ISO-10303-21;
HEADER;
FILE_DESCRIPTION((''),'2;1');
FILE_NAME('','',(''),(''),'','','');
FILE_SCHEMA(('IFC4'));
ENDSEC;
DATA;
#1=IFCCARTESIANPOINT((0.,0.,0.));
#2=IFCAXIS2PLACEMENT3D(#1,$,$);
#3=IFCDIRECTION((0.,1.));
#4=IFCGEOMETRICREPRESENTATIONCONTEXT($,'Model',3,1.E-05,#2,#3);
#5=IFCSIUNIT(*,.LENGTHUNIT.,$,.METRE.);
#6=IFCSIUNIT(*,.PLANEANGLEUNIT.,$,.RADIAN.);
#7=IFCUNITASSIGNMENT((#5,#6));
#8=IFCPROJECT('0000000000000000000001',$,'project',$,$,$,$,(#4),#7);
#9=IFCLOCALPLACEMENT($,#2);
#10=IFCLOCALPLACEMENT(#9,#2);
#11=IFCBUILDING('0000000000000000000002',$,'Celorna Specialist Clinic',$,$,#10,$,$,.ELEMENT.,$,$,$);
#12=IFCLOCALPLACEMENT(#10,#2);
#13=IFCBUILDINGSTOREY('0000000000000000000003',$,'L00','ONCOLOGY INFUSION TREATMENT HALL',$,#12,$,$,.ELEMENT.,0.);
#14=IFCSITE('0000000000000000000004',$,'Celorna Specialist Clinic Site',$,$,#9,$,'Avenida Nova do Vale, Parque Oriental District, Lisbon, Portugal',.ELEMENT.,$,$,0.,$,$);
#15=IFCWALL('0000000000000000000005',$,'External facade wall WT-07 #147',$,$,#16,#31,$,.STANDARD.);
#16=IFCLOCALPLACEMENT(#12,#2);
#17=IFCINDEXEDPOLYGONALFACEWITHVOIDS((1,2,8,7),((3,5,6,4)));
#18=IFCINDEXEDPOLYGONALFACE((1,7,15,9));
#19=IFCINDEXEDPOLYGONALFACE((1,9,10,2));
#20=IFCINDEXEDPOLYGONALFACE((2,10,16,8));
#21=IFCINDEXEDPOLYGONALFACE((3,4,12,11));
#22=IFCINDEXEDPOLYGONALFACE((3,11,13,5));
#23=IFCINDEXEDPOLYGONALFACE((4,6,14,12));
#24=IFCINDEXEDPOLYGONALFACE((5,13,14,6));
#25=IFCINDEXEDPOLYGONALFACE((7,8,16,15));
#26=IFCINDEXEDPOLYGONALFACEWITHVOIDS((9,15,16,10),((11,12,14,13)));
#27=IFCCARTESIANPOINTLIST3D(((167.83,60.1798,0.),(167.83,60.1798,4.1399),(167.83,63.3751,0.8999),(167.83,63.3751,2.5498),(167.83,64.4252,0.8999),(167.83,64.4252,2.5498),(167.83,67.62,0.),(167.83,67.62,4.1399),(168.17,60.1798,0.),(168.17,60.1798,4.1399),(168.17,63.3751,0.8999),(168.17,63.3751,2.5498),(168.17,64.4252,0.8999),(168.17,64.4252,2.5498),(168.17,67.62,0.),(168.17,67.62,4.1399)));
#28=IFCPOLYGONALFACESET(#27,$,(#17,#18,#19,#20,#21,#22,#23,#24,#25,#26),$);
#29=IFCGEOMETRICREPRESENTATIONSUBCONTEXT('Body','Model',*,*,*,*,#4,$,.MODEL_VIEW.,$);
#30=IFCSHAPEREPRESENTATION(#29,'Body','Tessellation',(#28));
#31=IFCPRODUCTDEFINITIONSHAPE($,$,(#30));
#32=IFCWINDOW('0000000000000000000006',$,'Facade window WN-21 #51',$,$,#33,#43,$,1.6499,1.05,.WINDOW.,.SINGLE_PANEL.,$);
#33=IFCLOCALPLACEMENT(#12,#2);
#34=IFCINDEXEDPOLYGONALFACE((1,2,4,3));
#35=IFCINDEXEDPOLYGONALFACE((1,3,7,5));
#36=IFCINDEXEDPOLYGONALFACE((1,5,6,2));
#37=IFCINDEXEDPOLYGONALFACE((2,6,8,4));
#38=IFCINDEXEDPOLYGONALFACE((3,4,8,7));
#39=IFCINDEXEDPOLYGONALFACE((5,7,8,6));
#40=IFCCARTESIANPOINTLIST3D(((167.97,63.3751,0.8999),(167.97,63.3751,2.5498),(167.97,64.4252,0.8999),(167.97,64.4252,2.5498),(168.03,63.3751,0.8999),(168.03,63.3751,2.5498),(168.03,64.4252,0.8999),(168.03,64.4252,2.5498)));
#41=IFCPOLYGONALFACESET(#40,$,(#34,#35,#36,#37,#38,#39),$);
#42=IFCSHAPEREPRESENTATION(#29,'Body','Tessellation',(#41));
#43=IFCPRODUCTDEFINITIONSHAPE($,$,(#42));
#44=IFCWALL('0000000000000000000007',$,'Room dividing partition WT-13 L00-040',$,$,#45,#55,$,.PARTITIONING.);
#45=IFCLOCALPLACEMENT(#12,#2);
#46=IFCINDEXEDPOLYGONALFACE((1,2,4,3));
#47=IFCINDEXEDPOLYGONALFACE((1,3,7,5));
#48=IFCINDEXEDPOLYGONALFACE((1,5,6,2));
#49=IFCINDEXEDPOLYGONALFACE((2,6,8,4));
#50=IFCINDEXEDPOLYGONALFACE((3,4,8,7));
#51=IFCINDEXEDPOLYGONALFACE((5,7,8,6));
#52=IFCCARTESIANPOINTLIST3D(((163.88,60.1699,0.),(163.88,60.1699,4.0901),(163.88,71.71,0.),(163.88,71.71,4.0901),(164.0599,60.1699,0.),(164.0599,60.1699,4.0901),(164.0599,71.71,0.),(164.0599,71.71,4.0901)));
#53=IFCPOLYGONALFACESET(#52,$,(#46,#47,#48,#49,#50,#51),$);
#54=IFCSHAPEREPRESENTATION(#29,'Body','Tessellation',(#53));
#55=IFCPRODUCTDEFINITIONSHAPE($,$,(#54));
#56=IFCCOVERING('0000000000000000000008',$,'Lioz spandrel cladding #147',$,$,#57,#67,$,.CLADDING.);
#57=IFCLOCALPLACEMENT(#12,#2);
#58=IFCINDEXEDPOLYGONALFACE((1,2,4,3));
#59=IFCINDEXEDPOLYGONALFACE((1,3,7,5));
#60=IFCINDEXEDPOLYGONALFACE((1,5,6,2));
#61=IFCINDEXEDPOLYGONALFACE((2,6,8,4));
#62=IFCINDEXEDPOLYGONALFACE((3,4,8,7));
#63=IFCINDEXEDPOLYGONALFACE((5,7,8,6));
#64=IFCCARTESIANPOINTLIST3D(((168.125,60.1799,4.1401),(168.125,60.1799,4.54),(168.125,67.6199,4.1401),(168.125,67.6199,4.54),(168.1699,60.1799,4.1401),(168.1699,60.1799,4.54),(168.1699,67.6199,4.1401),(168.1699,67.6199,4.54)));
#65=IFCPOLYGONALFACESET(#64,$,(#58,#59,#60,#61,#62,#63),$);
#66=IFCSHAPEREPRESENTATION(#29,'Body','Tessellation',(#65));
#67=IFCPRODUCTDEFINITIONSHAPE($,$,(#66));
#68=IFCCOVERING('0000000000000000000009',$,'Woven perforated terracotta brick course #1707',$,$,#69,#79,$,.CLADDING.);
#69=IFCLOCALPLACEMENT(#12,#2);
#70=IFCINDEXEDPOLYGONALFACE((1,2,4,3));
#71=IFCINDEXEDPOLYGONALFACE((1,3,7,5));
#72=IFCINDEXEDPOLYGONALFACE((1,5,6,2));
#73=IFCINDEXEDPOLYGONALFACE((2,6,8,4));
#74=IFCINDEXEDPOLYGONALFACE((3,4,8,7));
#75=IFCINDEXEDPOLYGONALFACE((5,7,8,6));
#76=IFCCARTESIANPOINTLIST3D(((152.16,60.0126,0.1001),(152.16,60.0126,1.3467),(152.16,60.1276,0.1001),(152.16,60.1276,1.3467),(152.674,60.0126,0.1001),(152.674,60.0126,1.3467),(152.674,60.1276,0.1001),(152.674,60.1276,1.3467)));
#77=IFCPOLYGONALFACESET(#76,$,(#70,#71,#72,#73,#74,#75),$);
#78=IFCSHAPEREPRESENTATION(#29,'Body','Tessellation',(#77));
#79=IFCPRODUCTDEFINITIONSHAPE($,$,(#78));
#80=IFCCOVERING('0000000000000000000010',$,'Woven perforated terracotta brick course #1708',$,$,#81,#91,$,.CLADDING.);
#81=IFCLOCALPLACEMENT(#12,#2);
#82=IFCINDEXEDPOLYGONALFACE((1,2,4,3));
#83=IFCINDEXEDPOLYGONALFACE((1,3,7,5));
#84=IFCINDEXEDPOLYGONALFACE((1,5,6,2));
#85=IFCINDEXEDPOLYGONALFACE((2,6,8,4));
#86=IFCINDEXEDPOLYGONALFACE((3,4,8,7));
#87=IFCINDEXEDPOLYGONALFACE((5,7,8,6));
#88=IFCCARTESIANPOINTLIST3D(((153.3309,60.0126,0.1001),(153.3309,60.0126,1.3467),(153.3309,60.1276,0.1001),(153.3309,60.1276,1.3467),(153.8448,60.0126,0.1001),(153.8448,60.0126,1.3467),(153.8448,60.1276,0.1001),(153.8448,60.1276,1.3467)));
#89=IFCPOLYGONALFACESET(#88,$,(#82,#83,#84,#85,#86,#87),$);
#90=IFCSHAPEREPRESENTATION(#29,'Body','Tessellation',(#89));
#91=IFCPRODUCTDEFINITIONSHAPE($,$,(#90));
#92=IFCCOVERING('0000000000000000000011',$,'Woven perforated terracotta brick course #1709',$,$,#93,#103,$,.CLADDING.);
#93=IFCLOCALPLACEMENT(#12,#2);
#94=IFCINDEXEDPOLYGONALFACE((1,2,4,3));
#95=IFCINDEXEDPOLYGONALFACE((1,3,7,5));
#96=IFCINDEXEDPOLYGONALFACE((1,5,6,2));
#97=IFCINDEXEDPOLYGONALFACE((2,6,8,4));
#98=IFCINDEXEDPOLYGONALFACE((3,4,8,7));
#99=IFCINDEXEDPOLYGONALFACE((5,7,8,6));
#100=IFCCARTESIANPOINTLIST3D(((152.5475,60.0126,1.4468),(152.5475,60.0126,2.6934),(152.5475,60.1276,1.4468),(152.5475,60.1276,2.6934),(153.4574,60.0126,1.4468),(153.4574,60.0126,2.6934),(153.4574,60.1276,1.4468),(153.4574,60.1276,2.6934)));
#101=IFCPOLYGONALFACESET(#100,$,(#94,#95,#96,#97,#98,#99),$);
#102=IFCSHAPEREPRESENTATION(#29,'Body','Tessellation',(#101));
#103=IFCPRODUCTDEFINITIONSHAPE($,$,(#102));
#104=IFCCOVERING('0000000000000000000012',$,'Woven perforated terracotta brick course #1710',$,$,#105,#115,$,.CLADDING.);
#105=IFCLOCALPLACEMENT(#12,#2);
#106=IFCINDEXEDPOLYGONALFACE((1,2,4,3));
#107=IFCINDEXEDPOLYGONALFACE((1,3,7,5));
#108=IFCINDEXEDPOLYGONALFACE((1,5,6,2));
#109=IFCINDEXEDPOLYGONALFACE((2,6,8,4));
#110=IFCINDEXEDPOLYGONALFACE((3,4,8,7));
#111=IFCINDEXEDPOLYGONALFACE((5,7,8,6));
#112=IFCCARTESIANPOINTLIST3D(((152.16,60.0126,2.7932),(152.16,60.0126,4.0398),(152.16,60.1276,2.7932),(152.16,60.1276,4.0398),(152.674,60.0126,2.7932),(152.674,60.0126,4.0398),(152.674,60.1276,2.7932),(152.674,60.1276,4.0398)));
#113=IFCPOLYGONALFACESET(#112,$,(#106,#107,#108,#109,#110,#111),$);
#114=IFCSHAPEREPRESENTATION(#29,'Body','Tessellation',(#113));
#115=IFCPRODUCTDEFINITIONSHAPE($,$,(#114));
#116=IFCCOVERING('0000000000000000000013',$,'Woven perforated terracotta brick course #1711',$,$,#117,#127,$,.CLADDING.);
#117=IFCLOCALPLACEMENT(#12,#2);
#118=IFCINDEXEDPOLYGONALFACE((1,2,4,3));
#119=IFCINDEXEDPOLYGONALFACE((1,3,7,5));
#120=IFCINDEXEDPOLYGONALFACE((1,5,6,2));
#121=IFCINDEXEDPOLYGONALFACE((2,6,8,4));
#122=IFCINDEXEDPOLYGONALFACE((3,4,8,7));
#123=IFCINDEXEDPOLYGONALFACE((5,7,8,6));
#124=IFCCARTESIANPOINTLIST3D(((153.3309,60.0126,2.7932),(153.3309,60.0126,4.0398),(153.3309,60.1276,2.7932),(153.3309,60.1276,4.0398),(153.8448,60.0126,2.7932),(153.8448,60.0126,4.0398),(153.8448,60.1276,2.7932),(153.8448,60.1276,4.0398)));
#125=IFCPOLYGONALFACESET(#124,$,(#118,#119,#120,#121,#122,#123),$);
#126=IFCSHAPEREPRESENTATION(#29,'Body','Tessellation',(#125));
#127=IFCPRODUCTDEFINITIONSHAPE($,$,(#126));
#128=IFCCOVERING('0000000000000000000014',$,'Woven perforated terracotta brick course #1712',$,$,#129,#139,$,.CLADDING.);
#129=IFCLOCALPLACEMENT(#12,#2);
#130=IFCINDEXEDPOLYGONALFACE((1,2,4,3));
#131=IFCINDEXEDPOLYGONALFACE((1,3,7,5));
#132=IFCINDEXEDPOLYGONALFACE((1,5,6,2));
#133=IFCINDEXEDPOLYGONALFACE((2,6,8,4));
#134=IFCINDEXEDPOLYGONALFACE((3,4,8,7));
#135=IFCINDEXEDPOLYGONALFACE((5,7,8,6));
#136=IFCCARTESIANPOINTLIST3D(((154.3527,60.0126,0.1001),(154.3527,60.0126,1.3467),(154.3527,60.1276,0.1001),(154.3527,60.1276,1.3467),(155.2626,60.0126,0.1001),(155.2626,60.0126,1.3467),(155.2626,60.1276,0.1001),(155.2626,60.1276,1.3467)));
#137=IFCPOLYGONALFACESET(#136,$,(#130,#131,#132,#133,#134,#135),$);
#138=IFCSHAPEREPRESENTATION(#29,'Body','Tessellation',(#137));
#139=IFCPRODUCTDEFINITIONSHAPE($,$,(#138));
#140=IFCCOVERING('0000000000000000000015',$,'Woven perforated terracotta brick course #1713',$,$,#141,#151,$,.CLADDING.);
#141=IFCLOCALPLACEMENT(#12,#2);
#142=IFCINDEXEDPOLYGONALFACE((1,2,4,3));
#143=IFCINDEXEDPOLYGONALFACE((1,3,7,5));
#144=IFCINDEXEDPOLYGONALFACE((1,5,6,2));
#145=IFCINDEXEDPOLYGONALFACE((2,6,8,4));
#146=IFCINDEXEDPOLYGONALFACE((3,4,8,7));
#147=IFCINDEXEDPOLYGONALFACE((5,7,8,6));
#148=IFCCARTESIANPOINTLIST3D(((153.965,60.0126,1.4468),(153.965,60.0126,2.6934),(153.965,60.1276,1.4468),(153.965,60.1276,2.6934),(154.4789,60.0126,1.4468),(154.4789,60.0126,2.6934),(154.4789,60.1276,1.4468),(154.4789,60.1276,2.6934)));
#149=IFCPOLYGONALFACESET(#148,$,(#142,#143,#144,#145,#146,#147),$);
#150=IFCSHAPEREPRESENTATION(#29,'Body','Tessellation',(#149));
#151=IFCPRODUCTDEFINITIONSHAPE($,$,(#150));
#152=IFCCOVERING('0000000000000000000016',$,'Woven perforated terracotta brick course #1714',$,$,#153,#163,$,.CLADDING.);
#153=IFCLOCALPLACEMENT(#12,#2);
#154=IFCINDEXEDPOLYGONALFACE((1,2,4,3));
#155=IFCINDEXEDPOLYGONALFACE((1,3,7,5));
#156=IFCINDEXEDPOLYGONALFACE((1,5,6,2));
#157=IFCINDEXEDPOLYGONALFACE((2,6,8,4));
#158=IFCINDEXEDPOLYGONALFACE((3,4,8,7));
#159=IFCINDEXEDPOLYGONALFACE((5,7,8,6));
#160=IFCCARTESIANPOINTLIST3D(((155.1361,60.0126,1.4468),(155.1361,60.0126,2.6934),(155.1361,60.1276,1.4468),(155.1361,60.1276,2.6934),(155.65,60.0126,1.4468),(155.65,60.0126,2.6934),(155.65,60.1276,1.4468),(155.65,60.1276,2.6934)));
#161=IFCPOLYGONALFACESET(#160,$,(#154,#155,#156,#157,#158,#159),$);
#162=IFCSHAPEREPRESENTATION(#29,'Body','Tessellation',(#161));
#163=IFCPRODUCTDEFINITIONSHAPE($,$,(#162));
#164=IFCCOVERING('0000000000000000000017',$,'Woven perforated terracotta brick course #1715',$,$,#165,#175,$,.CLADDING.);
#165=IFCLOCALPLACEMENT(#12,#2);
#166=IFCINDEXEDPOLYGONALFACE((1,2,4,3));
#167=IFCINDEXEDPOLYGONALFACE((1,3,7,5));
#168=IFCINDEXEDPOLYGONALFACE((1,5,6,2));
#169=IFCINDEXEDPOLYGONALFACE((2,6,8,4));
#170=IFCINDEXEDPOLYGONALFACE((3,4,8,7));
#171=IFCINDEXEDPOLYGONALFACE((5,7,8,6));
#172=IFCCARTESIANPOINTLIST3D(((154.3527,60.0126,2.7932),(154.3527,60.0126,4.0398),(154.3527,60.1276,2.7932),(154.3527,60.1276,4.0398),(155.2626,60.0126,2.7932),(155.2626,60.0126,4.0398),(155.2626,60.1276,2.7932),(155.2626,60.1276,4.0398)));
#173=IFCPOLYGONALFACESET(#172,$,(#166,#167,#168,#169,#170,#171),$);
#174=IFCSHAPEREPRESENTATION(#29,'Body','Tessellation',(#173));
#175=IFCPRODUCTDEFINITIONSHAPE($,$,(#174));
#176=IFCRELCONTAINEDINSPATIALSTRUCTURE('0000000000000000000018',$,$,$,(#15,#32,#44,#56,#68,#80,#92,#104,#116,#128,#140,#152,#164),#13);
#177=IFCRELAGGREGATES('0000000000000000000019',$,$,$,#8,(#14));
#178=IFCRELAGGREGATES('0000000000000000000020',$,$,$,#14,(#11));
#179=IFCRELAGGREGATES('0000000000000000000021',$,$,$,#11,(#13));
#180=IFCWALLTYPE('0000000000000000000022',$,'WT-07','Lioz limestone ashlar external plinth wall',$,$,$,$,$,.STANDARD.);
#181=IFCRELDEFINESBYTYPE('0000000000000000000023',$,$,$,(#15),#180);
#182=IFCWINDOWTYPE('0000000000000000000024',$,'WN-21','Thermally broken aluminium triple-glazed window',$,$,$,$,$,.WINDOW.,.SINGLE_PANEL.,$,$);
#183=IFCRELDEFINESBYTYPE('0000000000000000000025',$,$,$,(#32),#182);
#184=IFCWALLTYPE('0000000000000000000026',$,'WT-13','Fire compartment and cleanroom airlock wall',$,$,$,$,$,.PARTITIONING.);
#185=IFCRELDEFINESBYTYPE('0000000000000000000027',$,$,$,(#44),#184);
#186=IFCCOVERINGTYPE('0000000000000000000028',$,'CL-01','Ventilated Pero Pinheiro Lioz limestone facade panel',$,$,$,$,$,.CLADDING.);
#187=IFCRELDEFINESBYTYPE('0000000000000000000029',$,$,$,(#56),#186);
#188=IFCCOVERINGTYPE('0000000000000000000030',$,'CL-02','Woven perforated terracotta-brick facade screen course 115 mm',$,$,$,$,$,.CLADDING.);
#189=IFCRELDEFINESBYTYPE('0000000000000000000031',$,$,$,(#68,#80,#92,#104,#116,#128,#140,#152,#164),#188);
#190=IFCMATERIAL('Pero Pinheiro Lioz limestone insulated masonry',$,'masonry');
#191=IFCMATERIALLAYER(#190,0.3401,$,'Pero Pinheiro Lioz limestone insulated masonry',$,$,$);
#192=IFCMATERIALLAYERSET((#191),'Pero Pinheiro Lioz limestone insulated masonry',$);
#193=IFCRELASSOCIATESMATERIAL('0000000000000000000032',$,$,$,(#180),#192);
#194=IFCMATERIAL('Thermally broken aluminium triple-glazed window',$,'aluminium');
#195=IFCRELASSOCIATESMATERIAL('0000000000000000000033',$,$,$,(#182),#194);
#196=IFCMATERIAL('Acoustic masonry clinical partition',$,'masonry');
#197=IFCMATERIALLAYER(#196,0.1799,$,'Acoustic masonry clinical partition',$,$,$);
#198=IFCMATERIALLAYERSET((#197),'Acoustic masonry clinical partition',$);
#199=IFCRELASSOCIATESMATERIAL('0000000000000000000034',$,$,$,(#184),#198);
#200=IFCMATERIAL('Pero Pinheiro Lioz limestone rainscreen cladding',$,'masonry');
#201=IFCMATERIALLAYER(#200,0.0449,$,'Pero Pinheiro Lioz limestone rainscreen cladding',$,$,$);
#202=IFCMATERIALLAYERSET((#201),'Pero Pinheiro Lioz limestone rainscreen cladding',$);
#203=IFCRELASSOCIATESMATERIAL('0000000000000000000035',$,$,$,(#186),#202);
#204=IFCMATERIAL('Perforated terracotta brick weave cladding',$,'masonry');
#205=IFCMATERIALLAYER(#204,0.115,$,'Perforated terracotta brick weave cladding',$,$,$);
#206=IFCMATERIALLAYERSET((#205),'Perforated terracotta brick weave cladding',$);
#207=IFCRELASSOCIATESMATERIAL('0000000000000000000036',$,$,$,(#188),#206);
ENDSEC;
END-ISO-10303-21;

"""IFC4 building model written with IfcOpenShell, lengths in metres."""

from ifc_helpers import new_model, si_unit, direction, frame, frame_2d, origin, origin_2d, place, context, subcontext, project, spatial, rectangle, extrude, material, layer, layer_set, type_object, element, fill, save


model = new_model("IFC4")

# Units and contexts
model_context = context("Model", 3, precision=1e-05, world=origin(), true_north=direction((0.0, 1.0)))
body_context = subcontext(model_context, "Body", "Model", "MODEL_VIEW")
ifc_project = project(units=[si_unit("LENGTHUNIT", "METRE"), si_unit("PLANEANGLEUNIT", "RADIAN")], contexts=[model_context])

# Site, building, storey
site_placement = place(None, origin())
site = spatial("IfcSite", under=ifc_project, at=site_placement, Name="Celorna Specialist Clinic Site", LongName="Avenida Nova do Vale, Parque Oriental District, Lisbon, Portugal", CompositionType="ELEMENT", RefElevation=0.0)
building_placement = place(site_placement, origin())
building = spatial("IfcBuilding", under=site, at=building_placement, Name="Celorna Specialist Clinic", CompositionType="ELEMENT")
storey_placement = place(building_placement, origin())
storey = spatial("IfcBuildingStorey", under=building, at=storey_placement, Name="L00", Description="ONCOLOGY INFUSION TREATMENT HALL", CompositionType="ELEMENT", Elevation=0.0)

# Wall, opening, window
ifc_material_1 = material(Name="Pero Pinheiro Lioz limestone insulated masonry", Category="masonry")
ifc_layer_1 = layer(ifc_material_1, 0.3401, Name="Pero Pinheiro Lioz limestone insulated masonry")
ifc_layer_set_1 = layer_set([ifc_layer_1], Name="Pero Pinheiro Lioz limestone insulated masonry")
wall_type_1 = type_object("IfcWallType", Name="WT-07", Description="Lioz limestone ashlar external plinth wall", PredefinedType="STANDARD", material=ifc_layer_set_1)
wall_1_placement = place(storey_placement, frame((168.0, 67.6201, 0.0), z_axis=(0.0, 0.0, 1.0), x_axis=(0.0, -1.0, 0.0)))
wall_1 = element("IfcWall", 1, at=wall_1_placement, inside=storey, type_object=wall_type_1, Name="External facade wall WT-07 #147", PredefinedType="STANDARD", context=body_context, shape_type="SweptSolid", body=[
    extrude(rectangle(XDim=7.4402, YDim=0.3401, at=frame_2d((3.7202, 0.0))), origin(), (0.0, 0.0, 1.0), 4.1399),
])
opening_placement = place(wall_1_placement, frame((3.1951, 0.0, 0.8999)))
opening = element("IfcOpeningElement", 2, at=opening_placement, cuts=wall_1, PredefinedType="OPENING", context=body_context, shape_type="SweptSolid", body=[
    extrude(rectangle(XDim=1.05, YDim=1.6499, at=frame_2d((0.5249, 0.825))), frame((0.0, 0.1799, 0.0), z_axis=(0.0, -1.0, 0.0), x_axis=(1.0, 0.0, 0.0)), (0.0, 0.0, 1.0), 0.3601),
])
ifc_material_2 = material(Name="Thermally broken aluminium triple-glazed window", Category="aluminium")
window_type = type_object("IfcWindowType", Name="WN-21", Description="Thermally broken aluminium triple-glazed window", PartitioningType="SINGLE_PANEL", PredefinedType="WINDOW", material=ifc_material_2)
window_placement = place(opening_placement, origin())
window = element("IfcWindow", 3, at=window_placement, inside=storey, type_object=window_type, Name="Facade window WN-21 #51", OverallHeight=1.6499, OverallWidth=1.05, PartitioningType="SINGLE_PANEL", PredefinedType="WINDOW", context=body_context, shape_type="SweptSolid", body=[
    extrude(rectangle(XDim=1.05, YDim=1.6499, at=frame_2d((0.5249, 0.825))), frame((0.0, 0.03, 0.0), z_axis=(0.0, -1.0, 0.0), x_axis=(1.0, 0.0, 0.0)), (0.0, 0.0, 1.0), 0.0601),
])
fill(opening, window)

# Wall
ifc_material_3 = material(Name="Acoustic masonry clinical partition", Category="masonry")
ifc_layer_2 = layer(ifc_material_3, 0.1799, Name="Acoustic masonry clinical partition")
ifc_layer_set_2 = layer_set([ifc_layer_2], Name="Acoustic masonry clinical partition")
wall_type_2 = type_object("IfcWallType", Name="WT-13", Description="Fire compartment and cleanroom airlock wall", PredefinedType="PARTITIONING", material=ifc_layer_set_2)
wall_2_placement = place(storey_placement, frame((163.97, 60.1699, 0.0), z_axis=(0.0, 0.0, 1.0), x_axis=(0.0, 1.0, 0.0)))
element("IfcWall", 4, at=wall_2_placement, inside=storey, type_object=wall_type_2, Name="Room dividing partition WT-13 L00-040", PredefinedType="PARTITIONING", context=body_context, shape_type="SweptSolid", body=[
    extrude(rectangle(XDim=11.54, YDim=0.1799, at=frame_2d((5.77, 0.0))), origin(), (0.0, 0.0, 1.0), 4.0901),
])

# Coverings
ifc_material_4 = material(Name="Pero Pinheiro Lioz limestone rainscreen cladding", Category="masonry")
ifc_layer_3 = layer(ifc_material_4, 0.0449, Name="Pero Pinheiro Lioz limestone rainscreen cladding")
ifc_layer_set_3 = layer_set([ifc_layer_3], Name="Pero Pinheiro Lioz limestone rainscreen cladding")
covering_type_1 = type_object("IfcCoveringType", Name="CL-01", Description="Ventilated Pero Pinheiro Lioz limestone facade panel", PredefinedType="CLADDING", material=ifc_layer_set_3)
covering_1_placement = place(storey_placement, frame((168.1475, 63.8999, 4.1401), z_axis=(0.0, 0.0, 1.0), x_axis=(0.0, -1.0, 0.0)))
element("IfcCovering", 5, at=covering_1_placement, inside=storey, type_object=covering_type_1, Name="Lioz spandrel cladding #147", PredefinedType="CLADDING", context=body_context, shape_type="SweptSolid", body=[
    extrude(rectangle(XDim=7.4399, YDim=0.0449, at=origin_2d()), origin(), (0.0, 0.0, 1.0), 0.3999),
])
ifc_material_5 = material(Name="Perforated terracotta brick weave cladding", Category="masonry")
ifc_layer_4 = layer(ifc_material_5, 0.115, Name="Perforated terracotta brick weave cladding")
ifc_layer_set_4 = layer_set([ifc_layer_4], Name="Perforated terracotta brick weave cladding")
covering_type_2 = type_object("IfcCoveringType", Name="CL-02", Description="Woven perforated terracotta-brick facade screen course 115 mm", PredefinedType="CLADDING", material=ifc_layer_set_4)
for number, where, z_axis, x_axis, name in (
    (6, (152.417, 60.0701, 0.1001), (0.0, 0.0, 1.0), (1.0, 0.0, 0.0), "Woven perforated terracotta brick course #1707"),
    (7, (153.5879, 60.0701, 0.1001), (0.0, 0.0, 1.0), (1.0, 0.0, 0.0), "Woven perforated terracotta brick course #1708"),
):
    element("IfcCovering", number, at=place(storey_placement, frame(where, z_axis=z_axis, x_axis=x_axis)), inside=storey, type_object=covering_type_2, Name=name, PredefinedType="CLADDING", context=body_context, shape_type="SweptSolid", body=[
        extrude(rectangle(XDim=0.5139, YDim=0.115, at=origin_2d()), origin(), (0.0, 0.0, 1.0), 1.2466),
    ])
covering_2_placement = place(storey_placement, frame((153.0024, 60.0701, 1.4468), z_axis=(0.0, 0.0, 1.0), x_axis=(1.0, 0.0, 0.0)))
element("IfcCovering", 8, at=covering_2_placement, inside=storey, type_object=covering_type_2, Name="Woven perforated terracotta brick course #1709", PredefinedType="CLADDING", context=body_context, shape_type="SweptSolid", body=[
    extrude(rectangle(XDim=0.9099, YDim=0.115, at=origin_2d()), origin(), (0.0, 0.0, 1.0), 1.2466),
])
for number, where, z_axis, x_axis, name in (
    (9, (152.417, 60.0701, 2.7932), (0.0, 0.0, 1.0), (1.0, 0.0, 0.0), "Woven perforated terracotta brick course #1710"),
    (10, (153.5879, 60.0701, 2.7932), (0.0, 0.0, 1.0), (1.0, 0.0, 0.0), "Woven perforated terracotta brick course #1711"),
):
    element("IfcCovering", number, at=place(storey_placement, frame(where, z_axis=z_axis, x_axis=x_axis)), inside=storey, type_object=covering_type_2, Name=name, PredefinedType="CLADDING", context=body_context, shape_type="SweptSolid", body=[
        extrude(rectangle(XDim=0.5139, YDim=0.115, at=origin_2d()), origin(), (0.0, 0.0, 1.0), 1.2466),
    ])
covering_3_placement = place(storey_placement, frame((154.8076, 60.0701, 0.1001), z_axis=(0.0, 0.0, 1.0), x_axis=(1.0, 0.0, 0.0)))
element("IfcCovering", 11, at=covering_3_placement, inside=storey, type_object=covering_type_2, Name="Woven perforated terracotta brick course #1712", PredefinedType="CLADDING", context=body_context, shape_type="SweptSolid", body=[
    extrude(rectangle(XDim=0.9099, YDim=0.115, at=origin_2d()), origin(), (0.0, 0.0, 1.0), 1.2466),
])
for number, where, z_axis, x_axis, name in (
    (12, (154.2219, 60.0701, 1.4468), (0.0, 0.0, 1.0), (1.0, 0.0, 0.0), "Woven perforated terracotta brick course #1713"),
    (13, (155.3931, 60.0701, 1.4468), (0.0, 0.0, 1.0), (1.0, 0.0, 0.0), "Woven perforated terracotta brick course #1714"),
):
    element("IfcCovering", number, at=place(storey_placement, frame(where, z_axis=z_axis, x_axis=x_axis)), inside=storey, type_object=covering_type_2, Name=name, PredefinedType="CLADDING", context=body_context, shape_type="SweptSolid", body=[
        extrude(rectangle(XDim=0.5139, YDim=0.115, at=origin_2d()), origin(), (0.0, 0.0, 1.0), 1.2466),
    ])
covering_4_placement = place(storey_placement, frame((154.8076, 60.0701, 2.7932), z_axis=(0.0, 0.0, 1.0), x_axis=(1.0, 0.0, 0.0)))
element("IfcCovering", 14, at=covering_4_placement, inside=storey, type_object=covering_type_2, Name="Woven perforated terracotta brick course #1715", PredefinedType="CLADDING", context=body_context, shape_type="SweptSolid", body=[
    extrude(rectangle(XDim=0.9099, YDim=0.115, at=origin_2d()), origin(), (0.0, 0.0, 1.0), 1.2466),
])

save(model, "model.ifc")
